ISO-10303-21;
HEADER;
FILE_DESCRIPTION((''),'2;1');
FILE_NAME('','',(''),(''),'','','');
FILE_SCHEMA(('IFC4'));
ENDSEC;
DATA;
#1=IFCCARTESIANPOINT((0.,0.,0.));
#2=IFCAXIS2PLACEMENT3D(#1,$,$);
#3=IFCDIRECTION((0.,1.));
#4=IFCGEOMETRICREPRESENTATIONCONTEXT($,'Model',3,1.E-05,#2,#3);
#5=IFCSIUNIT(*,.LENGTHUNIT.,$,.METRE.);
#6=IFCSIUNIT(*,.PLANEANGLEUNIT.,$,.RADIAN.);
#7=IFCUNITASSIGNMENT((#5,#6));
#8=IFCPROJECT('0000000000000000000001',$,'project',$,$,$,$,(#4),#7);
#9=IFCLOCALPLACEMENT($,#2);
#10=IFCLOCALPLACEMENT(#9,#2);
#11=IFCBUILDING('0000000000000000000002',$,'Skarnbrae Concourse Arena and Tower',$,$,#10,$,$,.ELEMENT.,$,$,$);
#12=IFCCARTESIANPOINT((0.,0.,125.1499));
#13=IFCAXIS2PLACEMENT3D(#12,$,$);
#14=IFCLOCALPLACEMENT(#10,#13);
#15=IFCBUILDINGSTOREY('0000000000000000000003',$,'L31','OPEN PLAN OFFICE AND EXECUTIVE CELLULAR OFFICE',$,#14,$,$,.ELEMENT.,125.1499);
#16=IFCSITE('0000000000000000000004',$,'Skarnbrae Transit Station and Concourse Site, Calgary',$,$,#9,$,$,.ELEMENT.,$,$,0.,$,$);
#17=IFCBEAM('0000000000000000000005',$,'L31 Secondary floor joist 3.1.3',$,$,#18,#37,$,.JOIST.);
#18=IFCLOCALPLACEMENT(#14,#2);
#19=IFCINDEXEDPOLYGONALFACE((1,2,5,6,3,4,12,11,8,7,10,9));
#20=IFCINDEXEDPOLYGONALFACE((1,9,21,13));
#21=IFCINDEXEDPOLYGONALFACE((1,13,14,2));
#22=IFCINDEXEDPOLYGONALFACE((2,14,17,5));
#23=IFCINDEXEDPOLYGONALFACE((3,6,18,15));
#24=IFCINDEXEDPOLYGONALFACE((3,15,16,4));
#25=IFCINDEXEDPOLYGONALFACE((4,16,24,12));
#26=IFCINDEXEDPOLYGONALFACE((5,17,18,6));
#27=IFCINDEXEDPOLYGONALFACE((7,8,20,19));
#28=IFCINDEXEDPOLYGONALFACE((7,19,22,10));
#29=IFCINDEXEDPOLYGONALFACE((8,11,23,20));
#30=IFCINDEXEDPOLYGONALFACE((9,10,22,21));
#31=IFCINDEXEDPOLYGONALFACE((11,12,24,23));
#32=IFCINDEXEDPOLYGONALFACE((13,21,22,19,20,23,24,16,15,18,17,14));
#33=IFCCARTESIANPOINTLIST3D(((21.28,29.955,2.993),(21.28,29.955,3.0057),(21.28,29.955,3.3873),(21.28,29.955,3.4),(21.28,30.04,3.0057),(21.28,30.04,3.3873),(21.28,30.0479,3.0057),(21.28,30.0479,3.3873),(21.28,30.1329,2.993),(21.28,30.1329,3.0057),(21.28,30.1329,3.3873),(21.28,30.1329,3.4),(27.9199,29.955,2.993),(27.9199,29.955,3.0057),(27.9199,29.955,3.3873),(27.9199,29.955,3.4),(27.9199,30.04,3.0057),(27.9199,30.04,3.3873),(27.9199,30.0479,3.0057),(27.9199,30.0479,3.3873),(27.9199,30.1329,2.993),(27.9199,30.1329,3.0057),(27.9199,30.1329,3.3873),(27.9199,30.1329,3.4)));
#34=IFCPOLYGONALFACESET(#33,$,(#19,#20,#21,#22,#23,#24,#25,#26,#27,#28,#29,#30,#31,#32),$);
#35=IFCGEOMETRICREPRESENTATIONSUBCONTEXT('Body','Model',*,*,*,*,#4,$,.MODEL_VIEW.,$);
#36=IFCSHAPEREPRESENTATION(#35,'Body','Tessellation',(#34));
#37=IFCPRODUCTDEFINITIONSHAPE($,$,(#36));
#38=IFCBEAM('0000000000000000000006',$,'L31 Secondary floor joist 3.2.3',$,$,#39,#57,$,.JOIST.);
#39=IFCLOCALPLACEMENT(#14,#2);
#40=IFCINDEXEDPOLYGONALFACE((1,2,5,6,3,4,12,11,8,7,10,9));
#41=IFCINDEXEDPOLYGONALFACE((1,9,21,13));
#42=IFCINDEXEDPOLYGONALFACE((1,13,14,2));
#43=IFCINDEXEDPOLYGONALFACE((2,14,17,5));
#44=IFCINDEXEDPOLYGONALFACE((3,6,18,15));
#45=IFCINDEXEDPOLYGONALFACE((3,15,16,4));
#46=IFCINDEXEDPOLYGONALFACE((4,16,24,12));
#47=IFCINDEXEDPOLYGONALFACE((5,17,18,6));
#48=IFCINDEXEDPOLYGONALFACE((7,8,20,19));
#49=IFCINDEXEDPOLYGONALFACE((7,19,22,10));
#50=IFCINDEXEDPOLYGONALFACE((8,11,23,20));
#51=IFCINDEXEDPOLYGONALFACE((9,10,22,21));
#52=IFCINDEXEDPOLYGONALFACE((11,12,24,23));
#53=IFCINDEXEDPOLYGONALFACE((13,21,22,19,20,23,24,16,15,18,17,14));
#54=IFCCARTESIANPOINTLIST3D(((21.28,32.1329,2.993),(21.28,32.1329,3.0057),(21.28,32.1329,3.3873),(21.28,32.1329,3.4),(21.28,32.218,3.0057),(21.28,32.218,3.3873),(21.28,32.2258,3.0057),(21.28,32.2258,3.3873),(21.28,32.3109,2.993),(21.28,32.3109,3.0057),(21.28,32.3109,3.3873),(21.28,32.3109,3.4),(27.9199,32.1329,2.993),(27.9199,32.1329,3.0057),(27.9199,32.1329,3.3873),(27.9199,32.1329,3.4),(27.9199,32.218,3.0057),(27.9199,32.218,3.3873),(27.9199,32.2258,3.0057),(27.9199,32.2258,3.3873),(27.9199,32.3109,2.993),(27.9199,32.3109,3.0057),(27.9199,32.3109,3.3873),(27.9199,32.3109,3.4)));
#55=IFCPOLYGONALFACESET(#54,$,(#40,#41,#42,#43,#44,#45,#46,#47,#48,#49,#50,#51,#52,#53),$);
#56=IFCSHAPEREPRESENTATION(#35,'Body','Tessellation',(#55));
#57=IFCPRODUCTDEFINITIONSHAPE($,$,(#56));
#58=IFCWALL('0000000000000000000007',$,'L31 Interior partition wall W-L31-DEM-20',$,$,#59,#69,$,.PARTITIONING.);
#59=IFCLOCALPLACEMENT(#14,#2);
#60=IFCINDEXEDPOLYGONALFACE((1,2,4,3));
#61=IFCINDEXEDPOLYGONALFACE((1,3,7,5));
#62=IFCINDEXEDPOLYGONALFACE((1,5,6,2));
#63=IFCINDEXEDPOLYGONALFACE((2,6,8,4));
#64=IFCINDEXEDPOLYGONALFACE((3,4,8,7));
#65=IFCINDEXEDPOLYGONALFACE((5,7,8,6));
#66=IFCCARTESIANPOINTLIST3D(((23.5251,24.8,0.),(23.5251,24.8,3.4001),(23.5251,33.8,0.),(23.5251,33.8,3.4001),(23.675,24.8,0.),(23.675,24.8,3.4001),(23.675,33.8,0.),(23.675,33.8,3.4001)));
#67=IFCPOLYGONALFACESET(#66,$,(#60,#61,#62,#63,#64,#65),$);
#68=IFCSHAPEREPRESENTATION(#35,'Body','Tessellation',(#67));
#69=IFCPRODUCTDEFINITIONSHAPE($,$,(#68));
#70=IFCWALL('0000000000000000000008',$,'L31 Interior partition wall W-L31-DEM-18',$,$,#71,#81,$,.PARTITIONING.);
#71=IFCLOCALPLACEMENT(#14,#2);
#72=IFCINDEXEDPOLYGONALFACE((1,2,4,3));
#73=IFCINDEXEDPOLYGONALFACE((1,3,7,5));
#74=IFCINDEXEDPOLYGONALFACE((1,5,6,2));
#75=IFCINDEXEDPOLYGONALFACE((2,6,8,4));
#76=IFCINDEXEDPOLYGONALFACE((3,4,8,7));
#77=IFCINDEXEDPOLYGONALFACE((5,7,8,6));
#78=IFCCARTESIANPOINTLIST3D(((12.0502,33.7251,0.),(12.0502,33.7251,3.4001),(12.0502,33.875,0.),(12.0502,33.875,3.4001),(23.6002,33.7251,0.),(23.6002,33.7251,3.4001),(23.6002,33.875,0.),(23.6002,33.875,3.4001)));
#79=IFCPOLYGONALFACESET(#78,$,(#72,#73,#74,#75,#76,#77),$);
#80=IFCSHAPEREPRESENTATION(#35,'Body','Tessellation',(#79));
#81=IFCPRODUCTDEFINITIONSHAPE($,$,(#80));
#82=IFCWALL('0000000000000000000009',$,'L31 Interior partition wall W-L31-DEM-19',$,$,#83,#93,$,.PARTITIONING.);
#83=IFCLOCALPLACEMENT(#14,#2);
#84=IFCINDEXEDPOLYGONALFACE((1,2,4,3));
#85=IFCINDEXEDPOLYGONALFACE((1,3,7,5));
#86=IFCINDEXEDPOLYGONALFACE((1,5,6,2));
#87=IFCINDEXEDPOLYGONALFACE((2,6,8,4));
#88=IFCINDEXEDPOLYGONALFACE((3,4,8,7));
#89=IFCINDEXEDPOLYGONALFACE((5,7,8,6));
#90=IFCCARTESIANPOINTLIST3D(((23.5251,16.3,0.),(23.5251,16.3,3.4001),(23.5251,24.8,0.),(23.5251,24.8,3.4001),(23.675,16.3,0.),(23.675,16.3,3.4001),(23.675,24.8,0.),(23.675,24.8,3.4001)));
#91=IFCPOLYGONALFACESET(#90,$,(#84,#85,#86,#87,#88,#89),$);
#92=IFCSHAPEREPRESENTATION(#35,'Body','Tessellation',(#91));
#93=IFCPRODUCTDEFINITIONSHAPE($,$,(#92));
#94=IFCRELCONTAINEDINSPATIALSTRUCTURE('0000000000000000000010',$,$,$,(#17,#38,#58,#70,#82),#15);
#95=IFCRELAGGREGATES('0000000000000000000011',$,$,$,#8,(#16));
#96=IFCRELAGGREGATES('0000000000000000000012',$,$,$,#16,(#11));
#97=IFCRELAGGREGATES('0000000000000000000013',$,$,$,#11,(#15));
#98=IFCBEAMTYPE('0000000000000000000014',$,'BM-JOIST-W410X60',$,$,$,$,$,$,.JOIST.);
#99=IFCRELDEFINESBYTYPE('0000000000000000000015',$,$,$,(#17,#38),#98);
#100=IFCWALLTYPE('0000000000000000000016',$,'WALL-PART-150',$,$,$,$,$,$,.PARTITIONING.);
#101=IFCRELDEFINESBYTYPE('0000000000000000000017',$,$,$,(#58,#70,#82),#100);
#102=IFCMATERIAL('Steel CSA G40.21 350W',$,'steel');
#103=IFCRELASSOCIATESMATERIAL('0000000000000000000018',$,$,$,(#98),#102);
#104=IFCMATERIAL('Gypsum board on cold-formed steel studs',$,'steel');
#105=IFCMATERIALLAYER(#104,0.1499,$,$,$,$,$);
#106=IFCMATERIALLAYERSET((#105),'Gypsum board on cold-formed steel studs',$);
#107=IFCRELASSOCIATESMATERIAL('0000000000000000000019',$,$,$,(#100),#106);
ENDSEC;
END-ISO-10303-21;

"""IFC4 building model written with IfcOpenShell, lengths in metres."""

from ifc_helpers import new_model, si_unit, direction, frame, frame_2d, origin, origin_2d, place, context, subcontext, project, spatial, rectangle, i_section, extrude, source, transform, mapped, material, layer, layer_set, material_profile, profile_set, type_object, element, save


model = new_model("IFC4")

# Units and contexts
model_context = context("Model", 3, precision=1e-05, world=origin(), true_north=direction((0.0, 1.0)))
body_context = subcontext(model_context, "Body", "Model", "MODEL_VIEW")
ifc_project = project(units=[si_unit("LENGTHUNIT", "METRE"), si_unit("PLANEANGLEUNIT", "RADIAN")], contexts=[model_context])

# Site, building, storey
site_placement = place(None, origin())
site = spatial("IfcSite", under=ifc_project, at=site_placement, Name="Skarnbrae Transit Station and Concourse Site, Calgary", CompositionType="ELEMENT", RefElevation=0.0)
building_placement = place(site_placement, origin())
building = spatial("IfcBuilding", under=site, at=building_placement, Name="Skarnbrae Concourse Arena and Tower", CompositionType="ELEMENT")
storey_placement = place(building_placement, frame((0.0, 0.0, 125.1499)))
storey = spatial("IfcBuildingStorey", under=building, at=storey_placement, Name="L31", Description="OPEN PLAN OFFICE AND EXECUTIVE CELLULAR OFFICE", CompositionType="ELEMENT", Elevation=125.1499)

# Shared definitions
ifc_material_1 = material(Name="Steel CSA G40.21 350W", Category="steel")

# Beams
ifc_material_profile_1 = material_profile(ifc_material_1, i_section(OverallWidth=0.178, OverallDepth=0.407, WebThickness=0.0078, FlangeThickness=0.0127, at=origin_2d()), Name="W410X60")
ifc_profile_set_1 = profile_set([ifc_material_profile_1], Name="Steel CSA G40.21 350W")
beam_type_1 = type_object("IfcBeamType", Name="BM-JOIST-W410X60", PredefinedType="JOIST", material=ifc_profile_set_1)
shared_shape_1 = source(origin(), body_context, "Body", "SweptSolid", [
    extrude(i_section(OverallWidth=0.178, OverallDepth=0.407, WebThickness=0.0078, FlangeThickness=0.0127, at=origin_2d()), origin(), (0.0, 0.0, 1.0), 6.6399),
])
for number, where, z_axis, x_axis, name in (
    (1, (21.28, 30.0439, 3.1965), (1.0, 0.0, 0.0), (0.0, 1.0, 0.0), "L31 Secondary floor joist 3.1.3"),
    (2, (21.28, 32.2219, 3.1965), (1.0, 0.0, 0.0), (0.0, 1.0, 0.0), "L31 Secondary floor joist 3.2.3"),
):
    element("IfcBeam", number, at=place(storey_placement, frame(where, z_axis=z_axis, x_axis=x_axis)), inside=storey, type_object=beam_type_1, Name=name, PredefinedType="JOIST", context=body_context, shape_type="MappedRepresentation", body=[
        mapped(shared_shape_1, transform((0.0, 0.0, 0.0))),
    ])

# Walls
ifc_material_2 = material(Name="Gypsum board on cold-formed steel studs", Category="steel")
ifc_layer = layer(ifc_material_2, 0.1499)
ifc_layer_set = layer_set([ifc_layer], Name="Gypsum board on cold-formed steel studs")
wall_type = type_object("IfcWallType", Name="WALL-PART-150", PredefinedType="PARTITIONING", material=ifc_layer_set)
shared_shape_2 = source(origin(), body_context, "Body", "SweptSolid", [
    extrude(rectangle(XDim=9.0, YDim=0.1499, at=frame_2d((4.5, 0.0))), origin(), (0.0, 0.0, 1.0), 3.4001),
])
wall_1_placement = place(storey_placement, frame((23.6001, 33.8, 0.0), z_axis=(0.0, 0.0, 1.0), x_axis=(0.0, -1.0, 0.0)))
element("IfcWall", 3, at=wall_1_placement, inside=storey, type_object=wall_type, Name="L31 Interior partition wall W-L31-DEM-20", PredefinedType="PARTITIONING", context=body_context, shape_type="MappedRepresentation", body=[
    mapped(shared_shape_2, transform((0.0, 0.0, 0.0))),
])
shared_shape_3 = source(origin(), body_context, "Body", "SweptSolid", [
    extrude(rectangle(XDim=11.55, YDim=0.1499, at=frame_2d((5.7749, 0.0))), origin(), (0.0, 0.0, 1.0), 3.4001),
])
wall_2_placement = place(storey_placement, frame((23.6001, 33.8, 0.0), z_axis=(0.0, 0.0, 1.0), x_axis=(-1.0, 0.0, 0.0)))
element("IfcWall", 4, at=wall_2_placement, inside=storey, type_object=wall_type, Name="L31 Interior partition wall W-L31-DEM-18", PredefinedType="PARTITIONING", context=body_context, shape_type="MappedRepresentation", body=[
    mapped(shared_shape_3, transform((0.0, 0.0, 0.0))),
])
shared_shape_4 = source(origin(), body_context, "Body", "SweptSolid", [
    extrude(rectangle(XDim=8.5, YDim=0.1499, at=frame_2d((4.25, 0.0))), origin(), (0.0, 0.0, 1.0), 3.4001),
])
wall_3_placement = place(storey_placement, frame((23.6001, 24.8, 0.0), z_axis=(0.0, 0.0, 1.0), x_axis=(0.0, -1.0, 0.0)))
element("IfcWall", 5, at=wall_3_placement, inside=storey, type_object=wall_type, Name="L31 Interior partition wall W-L31-DEM-19", PredefinedType="PARTITIONING", context=body_context, shape_type="MappedRepresentation", body=[
    mapped(shared_shape_4, transform((0.0, 0.0, 0.0))),
])

save(model, "model.ifc")
